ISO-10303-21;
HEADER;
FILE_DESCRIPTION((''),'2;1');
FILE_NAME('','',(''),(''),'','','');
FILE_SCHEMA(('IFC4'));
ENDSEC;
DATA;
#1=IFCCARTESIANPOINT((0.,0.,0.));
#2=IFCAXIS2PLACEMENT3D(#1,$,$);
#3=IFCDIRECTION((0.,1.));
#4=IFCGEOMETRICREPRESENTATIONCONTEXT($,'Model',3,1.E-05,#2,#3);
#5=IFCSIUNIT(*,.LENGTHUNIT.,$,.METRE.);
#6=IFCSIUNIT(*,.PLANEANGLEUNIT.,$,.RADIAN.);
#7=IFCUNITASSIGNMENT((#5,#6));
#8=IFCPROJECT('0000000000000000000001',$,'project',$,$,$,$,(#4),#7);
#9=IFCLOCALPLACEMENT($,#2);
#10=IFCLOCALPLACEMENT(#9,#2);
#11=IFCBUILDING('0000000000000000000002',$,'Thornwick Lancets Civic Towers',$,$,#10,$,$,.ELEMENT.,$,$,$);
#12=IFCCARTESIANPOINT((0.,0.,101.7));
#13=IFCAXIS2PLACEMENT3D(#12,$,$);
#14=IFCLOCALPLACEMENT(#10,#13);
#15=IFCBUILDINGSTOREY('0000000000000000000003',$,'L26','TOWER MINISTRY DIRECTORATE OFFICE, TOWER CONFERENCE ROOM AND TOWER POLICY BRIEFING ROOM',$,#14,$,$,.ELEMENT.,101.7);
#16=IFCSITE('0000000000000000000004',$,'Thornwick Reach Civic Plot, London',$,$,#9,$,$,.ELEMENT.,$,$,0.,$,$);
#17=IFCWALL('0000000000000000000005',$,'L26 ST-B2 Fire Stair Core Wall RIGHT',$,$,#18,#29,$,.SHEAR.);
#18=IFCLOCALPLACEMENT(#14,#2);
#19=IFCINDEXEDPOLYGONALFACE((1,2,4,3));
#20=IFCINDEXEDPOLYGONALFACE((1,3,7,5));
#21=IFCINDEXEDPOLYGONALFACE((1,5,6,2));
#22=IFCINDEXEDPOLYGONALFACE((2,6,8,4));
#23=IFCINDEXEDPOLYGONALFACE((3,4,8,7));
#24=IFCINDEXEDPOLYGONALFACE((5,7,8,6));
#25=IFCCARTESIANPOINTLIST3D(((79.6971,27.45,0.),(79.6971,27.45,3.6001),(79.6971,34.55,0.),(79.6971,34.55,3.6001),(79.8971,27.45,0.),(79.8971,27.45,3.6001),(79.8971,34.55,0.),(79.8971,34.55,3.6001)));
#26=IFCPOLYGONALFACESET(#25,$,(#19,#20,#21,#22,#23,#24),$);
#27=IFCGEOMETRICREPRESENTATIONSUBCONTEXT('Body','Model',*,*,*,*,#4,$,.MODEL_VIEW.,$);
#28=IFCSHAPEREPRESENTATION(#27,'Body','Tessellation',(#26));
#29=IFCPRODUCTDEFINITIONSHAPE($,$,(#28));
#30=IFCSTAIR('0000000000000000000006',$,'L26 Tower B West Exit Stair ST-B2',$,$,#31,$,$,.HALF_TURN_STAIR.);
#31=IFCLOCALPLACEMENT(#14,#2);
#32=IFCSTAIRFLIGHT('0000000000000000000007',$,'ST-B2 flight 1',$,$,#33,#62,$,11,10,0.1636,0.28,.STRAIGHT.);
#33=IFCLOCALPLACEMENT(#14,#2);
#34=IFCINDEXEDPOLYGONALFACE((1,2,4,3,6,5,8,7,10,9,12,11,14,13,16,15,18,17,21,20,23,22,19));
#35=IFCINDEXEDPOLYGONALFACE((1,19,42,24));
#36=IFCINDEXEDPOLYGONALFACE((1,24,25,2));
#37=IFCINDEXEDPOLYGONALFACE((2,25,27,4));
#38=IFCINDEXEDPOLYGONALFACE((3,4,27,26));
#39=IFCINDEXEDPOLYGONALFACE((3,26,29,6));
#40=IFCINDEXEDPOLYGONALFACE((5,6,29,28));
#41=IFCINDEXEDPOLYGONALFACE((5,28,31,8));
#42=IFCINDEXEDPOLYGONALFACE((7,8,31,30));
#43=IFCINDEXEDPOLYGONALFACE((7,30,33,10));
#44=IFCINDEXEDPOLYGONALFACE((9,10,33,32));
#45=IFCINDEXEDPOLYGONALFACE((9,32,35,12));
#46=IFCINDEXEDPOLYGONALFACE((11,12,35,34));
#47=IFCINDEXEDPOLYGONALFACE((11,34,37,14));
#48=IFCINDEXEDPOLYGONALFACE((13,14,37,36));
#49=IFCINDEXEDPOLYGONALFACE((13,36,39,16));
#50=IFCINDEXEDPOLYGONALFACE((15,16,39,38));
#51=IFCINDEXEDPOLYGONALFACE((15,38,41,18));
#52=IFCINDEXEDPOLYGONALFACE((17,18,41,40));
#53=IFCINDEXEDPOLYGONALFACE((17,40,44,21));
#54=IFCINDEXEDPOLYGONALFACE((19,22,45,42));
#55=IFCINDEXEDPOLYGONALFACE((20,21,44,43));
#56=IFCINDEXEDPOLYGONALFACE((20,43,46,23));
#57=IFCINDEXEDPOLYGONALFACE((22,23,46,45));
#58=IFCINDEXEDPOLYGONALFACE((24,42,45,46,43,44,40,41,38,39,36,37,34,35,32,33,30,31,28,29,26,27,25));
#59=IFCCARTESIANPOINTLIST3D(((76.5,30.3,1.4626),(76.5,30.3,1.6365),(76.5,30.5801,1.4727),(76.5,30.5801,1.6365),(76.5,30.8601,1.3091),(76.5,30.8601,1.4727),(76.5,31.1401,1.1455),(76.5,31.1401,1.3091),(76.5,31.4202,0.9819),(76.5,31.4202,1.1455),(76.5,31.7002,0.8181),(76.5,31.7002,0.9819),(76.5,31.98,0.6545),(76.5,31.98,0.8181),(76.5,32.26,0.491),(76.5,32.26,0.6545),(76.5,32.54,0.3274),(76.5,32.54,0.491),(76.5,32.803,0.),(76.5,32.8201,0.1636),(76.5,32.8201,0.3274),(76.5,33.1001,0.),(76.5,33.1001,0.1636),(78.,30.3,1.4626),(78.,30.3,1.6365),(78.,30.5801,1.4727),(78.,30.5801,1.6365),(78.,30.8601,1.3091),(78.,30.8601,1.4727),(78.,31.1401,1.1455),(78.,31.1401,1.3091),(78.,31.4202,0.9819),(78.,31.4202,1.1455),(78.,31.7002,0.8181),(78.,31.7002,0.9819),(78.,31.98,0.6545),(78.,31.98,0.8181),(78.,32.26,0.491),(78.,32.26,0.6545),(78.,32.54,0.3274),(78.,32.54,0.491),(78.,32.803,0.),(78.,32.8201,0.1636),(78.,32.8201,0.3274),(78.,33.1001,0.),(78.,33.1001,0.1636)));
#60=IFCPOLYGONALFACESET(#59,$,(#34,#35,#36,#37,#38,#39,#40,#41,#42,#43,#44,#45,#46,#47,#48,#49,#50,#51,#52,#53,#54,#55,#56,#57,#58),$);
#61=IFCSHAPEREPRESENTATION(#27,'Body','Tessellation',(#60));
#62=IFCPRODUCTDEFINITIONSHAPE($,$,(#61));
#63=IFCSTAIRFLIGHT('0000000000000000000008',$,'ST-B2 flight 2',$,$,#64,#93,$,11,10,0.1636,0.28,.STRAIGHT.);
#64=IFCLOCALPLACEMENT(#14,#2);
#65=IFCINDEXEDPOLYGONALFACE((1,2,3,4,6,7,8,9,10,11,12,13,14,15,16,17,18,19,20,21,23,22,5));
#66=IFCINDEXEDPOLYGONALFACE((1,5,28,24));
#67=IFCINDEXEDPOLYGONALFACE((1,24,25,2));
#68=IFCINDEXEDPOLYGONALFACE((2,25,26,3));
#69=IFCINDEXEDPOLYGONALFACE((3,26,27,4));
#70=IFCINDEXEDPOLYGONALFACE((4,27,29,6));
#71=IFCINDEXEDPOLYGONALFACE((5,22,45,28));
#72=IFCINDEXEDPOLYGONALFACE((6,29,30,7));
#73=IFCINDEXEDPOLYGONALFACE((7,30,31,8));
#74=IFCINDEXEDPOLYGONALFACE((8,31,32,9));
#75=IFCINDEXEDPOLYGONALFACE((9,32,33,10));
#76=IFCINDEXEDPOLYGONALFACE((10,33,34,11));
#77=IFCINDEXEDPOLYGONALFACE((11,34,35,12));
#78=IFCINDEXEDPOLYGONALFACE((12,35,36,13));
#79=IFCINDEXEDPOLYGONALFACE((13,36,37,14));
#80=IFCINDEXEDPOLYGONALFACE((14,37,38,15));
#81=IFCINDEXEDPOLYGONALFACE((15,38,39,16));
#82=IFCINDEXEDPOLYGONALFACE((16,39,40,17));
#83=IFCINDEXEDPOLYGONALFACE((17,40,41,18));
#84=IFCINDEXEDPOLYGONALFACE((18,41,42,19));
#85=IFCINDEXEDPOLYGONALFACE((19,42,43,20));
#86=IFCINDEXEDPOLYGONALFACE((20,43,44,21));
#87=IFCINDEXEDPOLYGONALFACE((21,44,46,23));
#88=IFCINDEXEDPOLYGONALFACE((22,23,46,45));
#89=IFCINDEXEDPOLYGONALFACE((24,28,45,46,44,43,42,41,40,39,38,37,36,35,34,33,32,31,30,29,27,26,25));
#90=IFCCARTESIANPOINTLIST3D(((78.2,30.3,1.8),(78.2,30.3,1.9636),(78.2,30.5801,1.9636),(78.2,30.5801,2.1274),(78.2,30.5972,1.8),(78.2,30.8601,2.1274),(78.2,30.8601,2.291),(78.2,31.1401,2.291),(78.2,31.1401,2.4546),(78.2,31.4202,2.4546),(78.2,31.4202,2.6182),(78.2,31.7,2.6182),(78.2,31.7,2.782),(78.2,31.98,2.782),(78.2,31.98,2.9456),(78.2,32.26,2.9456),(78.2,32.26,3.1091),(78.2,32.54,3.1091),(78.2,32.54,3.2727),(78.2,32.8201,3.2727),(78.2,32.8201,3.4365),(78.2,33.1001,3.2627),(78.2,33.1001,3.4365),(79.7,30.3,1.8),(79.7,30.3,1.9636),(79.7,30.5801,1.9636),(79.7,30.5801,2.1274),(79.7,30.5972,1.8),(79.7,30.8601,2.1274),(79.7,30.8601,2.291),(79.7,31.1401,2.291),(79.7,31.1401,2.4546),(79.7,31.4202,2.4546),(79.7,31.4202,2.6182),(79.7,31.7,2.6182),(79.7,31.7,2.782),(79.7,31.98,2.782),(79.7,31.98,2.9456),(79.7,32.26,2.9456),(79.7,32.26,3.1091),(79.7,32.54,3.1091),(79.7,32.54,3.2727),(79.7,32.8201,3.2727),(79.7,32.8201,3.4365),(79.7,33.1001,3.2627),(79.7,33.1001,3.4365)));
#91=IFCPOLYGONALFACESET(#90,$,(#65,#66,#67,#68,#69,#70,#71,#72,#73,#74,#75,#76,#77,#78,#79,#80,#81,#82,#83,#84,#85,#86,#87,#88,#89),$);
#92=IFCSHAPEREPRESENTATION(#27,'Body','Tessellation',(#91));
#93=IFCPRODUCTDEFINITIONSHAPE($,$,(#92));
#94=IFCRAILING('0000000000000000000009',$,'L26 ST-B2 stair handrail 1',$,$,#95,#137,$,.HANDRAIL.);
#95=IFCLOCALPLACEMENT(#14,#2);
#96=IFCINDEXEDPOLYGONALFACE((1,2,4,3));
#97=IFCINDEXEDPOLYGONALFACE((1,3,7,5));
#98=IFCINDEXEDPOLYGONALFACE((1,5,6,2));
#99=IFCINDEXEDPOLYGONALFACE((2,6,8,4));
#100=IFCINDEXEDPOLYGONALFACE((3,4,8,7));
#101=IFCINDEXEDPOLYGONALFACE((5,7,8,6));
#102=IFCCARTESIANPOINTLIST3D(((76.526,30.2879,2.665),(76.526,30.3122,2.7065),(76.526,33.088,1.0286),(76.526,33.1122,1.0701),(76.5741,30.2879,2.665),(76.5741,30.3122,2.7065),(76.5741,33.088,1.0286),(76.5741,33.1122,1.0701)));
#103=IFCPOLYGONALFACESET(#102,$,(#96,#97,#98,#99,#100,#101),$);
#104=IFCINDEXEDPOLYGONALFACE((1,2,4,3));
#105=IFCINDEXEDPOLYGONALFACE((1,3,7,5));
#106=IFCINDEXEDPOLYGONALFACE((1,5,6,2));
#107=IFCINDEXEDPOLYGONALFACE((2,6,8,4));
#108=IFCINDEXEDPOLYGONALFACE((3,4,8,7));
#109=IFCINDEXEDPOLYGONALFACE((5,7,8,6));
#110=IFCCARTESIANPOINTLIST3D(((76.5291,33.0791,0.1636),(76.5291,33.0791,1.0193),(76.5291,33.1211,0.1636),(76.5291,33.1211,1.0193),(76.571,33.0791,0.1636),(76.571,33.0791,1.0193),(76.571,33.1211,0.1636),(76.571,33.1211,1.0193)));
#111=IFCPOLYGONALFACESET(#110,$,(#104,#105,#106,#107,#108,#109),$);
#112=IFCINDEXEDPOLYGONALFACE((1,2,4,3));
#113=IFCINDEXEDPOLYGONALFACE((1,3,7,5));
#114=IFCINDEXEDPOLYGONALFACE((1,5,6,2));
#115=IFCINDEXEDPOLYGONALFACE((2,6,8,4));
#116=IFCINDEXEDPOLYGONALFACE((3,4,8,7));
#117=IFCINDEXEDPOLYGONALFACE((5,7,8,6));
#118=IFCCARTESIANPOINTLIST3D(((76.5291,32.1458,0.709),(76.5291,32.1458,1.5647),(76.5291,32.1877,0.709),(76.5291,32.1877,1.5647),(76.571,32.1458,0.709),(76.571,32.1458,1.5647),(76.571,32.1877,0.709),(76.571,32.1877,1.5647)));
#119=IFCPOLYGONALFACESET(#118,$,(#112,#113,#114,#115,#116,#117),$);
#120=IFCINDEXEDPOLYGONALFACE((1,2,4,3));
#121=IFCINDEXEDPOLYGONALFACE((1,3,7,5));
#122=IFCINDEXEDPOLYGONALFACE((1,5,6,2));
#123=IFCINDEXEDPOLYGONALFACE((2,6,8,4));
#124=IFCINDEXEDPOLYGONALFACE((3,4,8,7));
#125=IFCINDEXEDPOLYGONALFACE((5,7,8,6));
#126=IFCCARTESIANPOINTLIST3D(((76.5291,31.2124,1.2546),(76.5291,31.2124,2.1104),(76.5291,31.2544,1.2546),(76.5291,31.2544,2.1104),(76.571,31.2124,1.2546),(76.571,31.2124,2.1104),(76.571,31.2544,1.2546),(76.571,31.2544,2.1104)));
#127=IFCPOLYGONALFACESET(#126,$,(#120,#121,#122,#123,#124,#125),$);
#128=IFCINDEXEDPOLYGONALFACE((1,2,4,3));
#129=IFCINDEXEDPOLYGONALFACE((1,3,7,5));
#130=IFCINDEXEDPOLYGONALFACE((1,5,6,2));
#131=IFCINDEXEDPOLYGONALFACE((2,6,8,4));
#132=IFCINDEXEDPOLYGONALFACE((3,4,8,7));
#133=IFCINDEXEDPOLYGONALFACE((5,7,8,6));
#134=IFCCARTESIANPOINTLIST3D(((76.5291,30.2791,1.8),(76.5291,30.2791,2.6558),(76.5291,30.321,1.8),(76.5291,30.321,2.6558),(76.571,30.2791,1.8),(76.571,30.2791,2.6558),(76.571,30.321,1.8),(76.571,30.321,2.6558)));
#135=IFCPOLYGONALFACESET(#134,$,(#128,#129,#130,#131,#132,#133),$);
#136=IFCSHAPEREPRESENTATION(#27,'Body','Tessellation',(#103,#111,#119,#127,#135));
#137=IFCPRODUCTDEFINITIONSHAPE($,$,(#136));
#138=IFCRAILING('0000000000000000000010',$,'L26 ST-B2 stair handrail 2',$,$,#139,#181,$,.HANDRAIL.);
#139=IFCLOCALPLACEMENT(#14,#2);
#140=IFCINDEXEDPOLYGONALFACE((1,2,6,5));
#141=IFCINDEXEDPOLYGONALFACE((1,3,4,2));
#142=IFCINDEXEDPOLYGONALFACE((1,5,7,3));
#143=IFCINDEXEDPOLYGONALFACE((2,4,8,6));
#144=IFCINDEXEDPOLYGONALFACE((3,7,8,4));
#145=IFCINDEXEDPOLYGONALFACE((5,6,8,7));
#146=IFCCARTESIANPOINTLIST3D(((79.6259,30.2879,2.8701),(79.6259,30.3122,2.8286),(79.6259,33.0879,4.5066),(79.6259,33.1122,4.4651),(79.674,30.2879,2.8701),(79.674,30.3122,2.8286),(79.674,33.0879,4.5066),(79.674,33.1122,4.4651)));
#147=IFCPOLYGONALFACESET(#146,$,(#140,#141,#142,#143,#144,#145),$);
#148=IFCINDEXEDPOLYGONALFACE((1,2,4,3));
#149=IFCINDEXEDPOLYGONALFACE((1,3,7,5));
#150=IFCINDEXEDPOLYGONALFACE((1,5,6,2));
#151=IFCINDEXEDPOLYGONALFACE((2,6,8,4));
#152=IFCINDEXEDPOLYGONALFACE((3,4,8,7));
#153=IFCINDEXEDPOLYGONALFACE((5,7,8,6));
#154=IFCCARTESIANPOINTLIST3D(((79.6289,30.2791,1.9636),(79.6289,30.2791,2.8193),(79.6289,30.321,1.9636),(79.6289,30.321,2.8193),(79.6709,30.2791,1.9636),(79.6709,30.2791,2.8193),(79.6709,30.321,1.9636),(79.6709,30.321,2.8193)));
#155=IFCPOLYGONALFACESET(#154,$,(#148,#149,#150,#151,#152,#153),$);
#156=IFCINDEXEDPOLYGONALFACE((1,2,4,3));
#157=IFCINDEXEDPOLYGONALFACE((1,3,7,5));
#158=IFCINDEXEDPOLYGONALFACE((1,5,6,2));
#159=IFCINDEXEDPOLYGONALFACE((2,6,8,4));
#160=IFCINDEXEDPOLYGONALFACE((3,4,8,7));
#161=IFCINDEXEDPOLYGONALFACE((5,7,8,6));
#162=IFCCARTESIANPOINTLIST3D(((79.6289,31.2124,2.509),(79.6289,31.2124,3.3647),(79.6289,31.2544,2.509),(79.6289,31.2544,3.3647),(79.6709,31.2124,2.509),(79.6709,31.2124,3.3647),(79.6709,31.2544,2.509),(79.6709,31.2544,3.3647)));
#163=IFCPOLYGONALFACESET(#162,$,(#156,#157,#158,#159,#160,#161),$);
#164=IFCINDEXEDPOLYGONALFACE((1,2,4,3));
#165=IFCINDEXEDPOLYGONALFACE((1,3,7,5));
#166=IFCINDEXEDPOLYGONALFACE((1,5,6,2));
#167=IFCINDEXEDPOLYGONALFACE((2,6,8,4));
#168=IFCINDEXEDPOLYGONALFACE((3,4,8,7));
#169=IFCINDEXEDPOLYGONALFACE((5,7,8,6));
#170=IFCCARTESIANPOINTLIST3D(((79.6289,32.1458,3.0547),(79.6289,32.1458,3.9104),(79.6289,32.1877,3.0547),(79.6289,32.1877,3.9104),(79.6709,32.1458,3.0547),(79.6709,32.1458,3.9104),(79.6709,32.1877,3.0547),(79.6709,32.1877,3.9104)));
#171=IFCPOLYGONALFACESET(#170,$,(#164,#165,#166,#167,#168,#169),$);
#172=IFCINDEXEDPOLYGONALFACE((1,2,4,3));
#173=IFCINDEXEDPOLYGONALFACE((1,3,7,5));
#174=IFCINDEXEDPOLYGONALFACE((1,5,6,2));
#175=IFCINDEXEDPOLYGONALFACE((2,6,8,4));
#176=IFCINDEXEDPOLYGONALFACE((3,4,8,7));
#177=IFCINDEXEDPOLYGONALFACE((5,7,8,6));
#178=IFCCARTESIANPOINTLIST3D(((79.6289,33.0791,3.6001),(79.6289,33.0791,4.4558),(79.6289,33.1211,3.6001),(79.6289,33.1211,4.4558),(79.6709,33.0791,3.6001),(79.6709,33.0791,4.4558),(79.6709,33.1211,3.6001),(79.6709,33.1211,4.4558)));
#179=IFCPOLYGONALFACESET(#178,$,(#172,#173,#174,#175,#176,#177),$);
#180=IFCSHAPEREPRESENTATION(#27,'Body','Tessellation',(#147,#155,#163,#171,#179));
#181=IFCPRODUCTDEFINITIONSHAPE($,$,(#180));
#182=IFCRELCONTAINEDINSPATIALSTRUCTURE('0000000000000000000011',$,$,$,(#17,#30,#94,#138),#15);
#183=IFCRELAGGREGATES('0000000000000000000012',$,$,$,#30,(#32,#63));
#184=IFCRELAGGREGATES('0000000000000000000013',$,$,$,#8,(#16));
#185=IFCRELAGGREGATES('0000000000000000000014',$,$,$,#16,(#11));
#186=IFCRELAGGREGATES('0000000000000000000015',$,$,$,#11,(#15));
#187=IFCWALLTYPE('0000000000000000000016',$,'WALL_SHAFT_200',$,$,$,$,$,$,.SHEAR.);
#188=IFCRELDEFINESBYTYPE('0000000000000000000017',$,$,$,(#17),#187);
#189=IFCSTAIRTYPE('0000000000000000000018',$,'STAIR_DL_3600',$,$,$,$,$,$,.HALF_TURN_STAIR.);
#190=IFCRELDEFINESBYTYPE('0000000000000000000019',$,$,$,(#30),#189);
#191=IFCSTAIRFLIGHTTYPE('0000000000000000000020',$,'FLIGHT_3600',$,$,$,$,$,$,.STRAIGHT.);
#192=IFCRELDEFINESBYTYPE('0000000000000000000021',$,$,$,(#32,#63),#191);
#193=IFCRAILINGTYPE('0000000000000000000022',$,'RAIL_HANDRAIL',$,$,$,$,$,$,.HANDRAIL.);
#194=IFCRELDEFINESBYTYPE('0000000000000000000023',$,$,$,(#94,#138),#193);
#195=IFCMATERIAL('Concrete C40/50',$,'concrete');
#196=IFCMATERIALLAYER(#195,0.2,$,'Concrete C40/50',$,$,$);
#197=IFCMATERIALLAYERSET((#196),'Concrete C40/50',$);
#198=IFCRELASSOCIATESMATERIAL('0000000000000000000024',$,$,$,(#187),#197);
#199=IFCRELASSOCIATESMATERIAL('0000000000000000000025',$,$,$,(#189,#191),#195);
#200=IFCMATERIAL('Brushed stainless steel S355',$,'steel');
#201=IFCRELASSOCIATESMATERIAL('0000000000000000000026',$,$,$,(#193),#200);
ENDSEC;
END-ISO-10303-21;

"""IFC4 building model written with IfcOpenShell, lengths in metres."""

from ifc_helpers import new_model, si_unit, direction, frame, frame_2d, origin, origin_2d, place, context, subcontext, project, spatial, polyline, rectangle, outline, extrude, material, layer, layer_set, type_object, element, aggregate, save


model = new_model("IFC4")

# Units and contexts
model_context = context("Model", 3, precision=1e-05, world=origin(), true_north=direction((0.0, 1.0)))
body_context = subcontext(model_context, "Body", "Model", "MODEL_VIEW")
ifc_project = project(units=[si_unit("LENGTHUNIT", "METRE"), si_unit("PLANEANGLEUNIT", "RADIAN")], contexts=[model_context])

# Site, building, storey
site_placement = place(None, origin())
site = spatial("IfcSite", under=ifc_project, at=site_placement, Name="Thornwick Reach Civic Plot, London", CompositionType="ELEMENT", RefElevation=0.0)
building_placement = place(site_placement, origin())
building = spatial("IfcBuilding", under=site, at=building_placement, Name="Thornwick Lancets Civic Towers", CompositionType="ELEMENT")
storey_placement = place(building_placement, frame((0.0, 0.0, 101.7)))
storey = spatial("IfcBuildingStorey", under=building, at=storey_placement, Name="L26", Description="TOWER MINISTRY DIRECTORATE OFFICE, TOWER CONFERENCE ROOM AND TOWER POLICY BRIEFING ROOM", CompositionType="ELEMENT", Elevation=101.7)

# Shared definitions
ifc_material_1 = material(Name="Concrete C40/50", Category="concrete")
ifc_layer_1 = layer(ifc_material_1, 0.2, Name="Concrete C40/50")
ifc_layer_set_1 = layer_set([ifc_layer_1], Name="Concrete C40/50")
wall_type_1 = type_object("IfcWallType", Name="WALL_SHAFT_200", PredefinedType="SHEAR", material=ifc_layer_set_1)

# Wall
wall_1_placement = place(storey_placement, frame((79.7971, 27.45, 0.0), z_axis=(0.0, 0.0, 1.0), x_axis=(0.0, 1.0, 0.0)))
element("IfcWall", 1, at=wall_1_placement, inside=storey, type_object=wall_type_1, Name="L26 ST-B2 Fire Stair Core Wall RIGHT", PredefinedType="SHEAR", context=body_context, shape_type="SweptSolid", body=[
    extrude(rectangle(XDim=7.1001, YDim=0.2, at=frame_2d((3.55, 0.0))), origin(), (0.0, 0.0, 1.0), 3.6001),
])

# Stair, stair flights
stair_type = type_object("IfcStairType", Name="STAIR_DL_3600", PredefinedType="HALF_TURN_STAIR", material=ifc_material_1)
stair_placement = place(storey_placement, origin())
stair = element("IfcStair", 2, at=stair_placement, inside=storey, type_object=stair_type, Name="L26 Tower B West Exit Stair ST-B2", PredefinedType="HALF_TURN_STAIR")
stair_flight_type = type_object("IfcStairFlightType", Name="FLIGHT_3600", PredefinedType="STRAIGHT", material=ifc_material_1)
stair_flight_1_placement = place(storey_placement, frame((77.25, 33.1001, 0.0), z_axis=(0.0, 0.0, 1.0), x_axis=(0.0, -1.0, 0.0)))
stair_flight_1 = element("IfcStairFlight", 3, at=stair_flight_1_placement, type_object=stair_flight_type, Name="ST-B2 flight 1", NumberOfRisers=11, NumberOfTreads=10, PredefinedType="STRAIGHT", RiserHeight=0.1636, TreadLength=0.28, context=body_context, shape_type="SweptSolid", body=[
    extrude(outline(polyline([(0.0, 0.0), (0.0, 0.1636), (0.28, 0.1636), (0.28, 0.3274), (0.5601, 0.3274), (0.5601, 0.491), (0.8401, 0.491), (0.8401, 0.6545), (1.1201, 0.6545), (1.1201, 0.8181), (1.3999, 0.8181), (1.3999, 0.9819), (1.6799, 0.9819), (1.6799, 1.1455), (1.96, 1.1455), (1.96, 1.3091), (2.24, 1.3091), (2.24, 1.4727), (2.52, 1.4727), (2.52, 1.6365), (2.8, 1.6365), (2.8, 1.8), (2.8, 1.4626), (0.2971, 0.0), (0.0, 0.0)])), frame((0.0, 0.75, 0.0), z_axis=(0.0, -1.0, 0.0), x_axis=(1.0, 0.0, 0.0)), (0.0, 0.0, 1.0), 1.5),
])
stair_flight_2_placement = place(storey_placement, frame((78.95, 30.3, 1.8), z_axis=(0.0, 0.0, 1.0), x_axis=(0.0, 1.0, 0.0)))
stair_flight_2 = element("IfcStairFlight", 4, at=stair_flight_2_placement, type_object=stair_flight_type, Name="ST-B2 flight 2", NumberOfRisers=11, NumberOfTreads=10, PredefinedType="STRAIGHT", RiserHeight=0.1636, TreadLength=0.28, context=body_context, shape_type="SweptSolid", body=[
    extrude(outline(polyline([(0.0, 0.0), (0.0, 0.1636), (0.28, 0.1636), (0.28, 0.3274), (0.5601, 0.3274), (0.5601, 0.491), (0.8401, 0.491), (0.8401, 0.6545), (1.1201, 0.6545), (1.1201, 0.8181), (1.3999, 0.8181), (1.3999, 0.9819), (1.6799, 0.9819), (1.6799, 1.1455), (1.96, 1.1455), (1.96, 1.3091), (2.24, 1.3091), (2.24, 1.4727), (2.52, 1.4727), (2.52, 1.6365), (2.8, 1.6365), (2.8, 1.8), (2.8, 1.4626), (0.2971, 0.0), (0.0, 0.0)])), frame((0.0, 0.75, 0.0), z_axis=(0.0, -1.0, 0.0), x_axis=(1.0, 0.0, 0.0)), (0.0, 0.0, 1.0), 1.5),
])
aggregate(stair, [stair_flight_1, stair_flight_2])

# Railings
ifc_material_2 = material(Name="Brushed stainless steel S355", Category="steel")
railing_type_1 = type_object("IfcRailingType", Name="RAIL_HANDRAIL", PredefinedType="HANDRAIL", material=ifc_material_2)
railing_1_placement = place(storey_placement, frame((76.55, 33.1001, 0.1636)))
element("IfcRailing", 5, at=railing_1_placement, inside=storey, type_object=railing_type_1, Name="L26 ST-B2 stair handrail 1", PredefinedType="HANDRAIL", context=body_context, shape_type="SweptSolid", body=[
    extrude(rectangle(XDim=0.0481, YDim=0.0481, at=origin_2d()), frame((0.0, 0.0, 0.8857), z_axis=(0.0, -0.863361, 0.504587), x_axis=(1.0, 0.0, 0.0)), (0.0, 0.0, 1.0), 3.2432),
    extrude(rectangle(XDim=0.042, YDim=0.042, at=origin_2d()), origin(), (0.0, 0.0, 1.0), 0.8557),
    extrude(rectangle(XDim=0.042, YDim=0.042, at=origin_2d()), frame((0.0, -0.9333, 0.5454)), (0.0, 0.0, 1.0), 0.8557),
    extrude(rectangle(XDim=0.042, YDim=0.042, at=origin_2d()), frame((0.0, -1.8667, 1.0911)), (0.0, 0.0, 1.0), 0.8557),
    extrude(rectangle(XDim=0.042, YDim=0.042, at=origin_2d()), frame((0.0, -2.8, 1.6365)), (0.0, 0.0, 1.0), 0.8557),
])
railing_2_placement = place(storey_placement, frame((79.6499, 30.3, 1.9636)))
element("IfcRailing", 6, at=railing_2_placement, inside=storey, type_object=railing_type_1, Name="L26 ST-B2 stair handrail 2", PredefinedType="HANDRAIL", context=body_context, shape_type="SweptSolid", body=[
    extrude(rectangle(XDim=0.0481, YDim=0.0481, at=origin_2d()), frame((0.0, 0.0, 0.8857), z_axis=(0.0, 0.863361, 0.504587), x_axis=(-1.0, 0.0, 0.0)), (0.0, 0.0, 1.0), 3.2432),
    extrude(rectangle(XDim=0.042, YDim=0.042, at=origin_2d()), origin(), (0.0, 0.0, 1.0), 0.8557),
    extrude(rectangle(XDim=0.042, YDim=0.042, at=origin_2d()), frame((0.0, 0.9333, 0.5454)), (0.0, 0.0, 1.0), 0.8557),
    extrude(rectangle(XDim=0.042, YDim=0.042, at=origin_2d()), frame((0.0, 1.8667, 1.0911)), (0.0, 0.0, 1.0), 0.8557),
    extrude(rectangle(XDim=0.042, YDim=0.042, at=origin_2d()), frame((0.0, 2.8, 1.6365)), (0.0, 0.0, 1.0), 0.8557),
])

save(model, "model.ifc")
